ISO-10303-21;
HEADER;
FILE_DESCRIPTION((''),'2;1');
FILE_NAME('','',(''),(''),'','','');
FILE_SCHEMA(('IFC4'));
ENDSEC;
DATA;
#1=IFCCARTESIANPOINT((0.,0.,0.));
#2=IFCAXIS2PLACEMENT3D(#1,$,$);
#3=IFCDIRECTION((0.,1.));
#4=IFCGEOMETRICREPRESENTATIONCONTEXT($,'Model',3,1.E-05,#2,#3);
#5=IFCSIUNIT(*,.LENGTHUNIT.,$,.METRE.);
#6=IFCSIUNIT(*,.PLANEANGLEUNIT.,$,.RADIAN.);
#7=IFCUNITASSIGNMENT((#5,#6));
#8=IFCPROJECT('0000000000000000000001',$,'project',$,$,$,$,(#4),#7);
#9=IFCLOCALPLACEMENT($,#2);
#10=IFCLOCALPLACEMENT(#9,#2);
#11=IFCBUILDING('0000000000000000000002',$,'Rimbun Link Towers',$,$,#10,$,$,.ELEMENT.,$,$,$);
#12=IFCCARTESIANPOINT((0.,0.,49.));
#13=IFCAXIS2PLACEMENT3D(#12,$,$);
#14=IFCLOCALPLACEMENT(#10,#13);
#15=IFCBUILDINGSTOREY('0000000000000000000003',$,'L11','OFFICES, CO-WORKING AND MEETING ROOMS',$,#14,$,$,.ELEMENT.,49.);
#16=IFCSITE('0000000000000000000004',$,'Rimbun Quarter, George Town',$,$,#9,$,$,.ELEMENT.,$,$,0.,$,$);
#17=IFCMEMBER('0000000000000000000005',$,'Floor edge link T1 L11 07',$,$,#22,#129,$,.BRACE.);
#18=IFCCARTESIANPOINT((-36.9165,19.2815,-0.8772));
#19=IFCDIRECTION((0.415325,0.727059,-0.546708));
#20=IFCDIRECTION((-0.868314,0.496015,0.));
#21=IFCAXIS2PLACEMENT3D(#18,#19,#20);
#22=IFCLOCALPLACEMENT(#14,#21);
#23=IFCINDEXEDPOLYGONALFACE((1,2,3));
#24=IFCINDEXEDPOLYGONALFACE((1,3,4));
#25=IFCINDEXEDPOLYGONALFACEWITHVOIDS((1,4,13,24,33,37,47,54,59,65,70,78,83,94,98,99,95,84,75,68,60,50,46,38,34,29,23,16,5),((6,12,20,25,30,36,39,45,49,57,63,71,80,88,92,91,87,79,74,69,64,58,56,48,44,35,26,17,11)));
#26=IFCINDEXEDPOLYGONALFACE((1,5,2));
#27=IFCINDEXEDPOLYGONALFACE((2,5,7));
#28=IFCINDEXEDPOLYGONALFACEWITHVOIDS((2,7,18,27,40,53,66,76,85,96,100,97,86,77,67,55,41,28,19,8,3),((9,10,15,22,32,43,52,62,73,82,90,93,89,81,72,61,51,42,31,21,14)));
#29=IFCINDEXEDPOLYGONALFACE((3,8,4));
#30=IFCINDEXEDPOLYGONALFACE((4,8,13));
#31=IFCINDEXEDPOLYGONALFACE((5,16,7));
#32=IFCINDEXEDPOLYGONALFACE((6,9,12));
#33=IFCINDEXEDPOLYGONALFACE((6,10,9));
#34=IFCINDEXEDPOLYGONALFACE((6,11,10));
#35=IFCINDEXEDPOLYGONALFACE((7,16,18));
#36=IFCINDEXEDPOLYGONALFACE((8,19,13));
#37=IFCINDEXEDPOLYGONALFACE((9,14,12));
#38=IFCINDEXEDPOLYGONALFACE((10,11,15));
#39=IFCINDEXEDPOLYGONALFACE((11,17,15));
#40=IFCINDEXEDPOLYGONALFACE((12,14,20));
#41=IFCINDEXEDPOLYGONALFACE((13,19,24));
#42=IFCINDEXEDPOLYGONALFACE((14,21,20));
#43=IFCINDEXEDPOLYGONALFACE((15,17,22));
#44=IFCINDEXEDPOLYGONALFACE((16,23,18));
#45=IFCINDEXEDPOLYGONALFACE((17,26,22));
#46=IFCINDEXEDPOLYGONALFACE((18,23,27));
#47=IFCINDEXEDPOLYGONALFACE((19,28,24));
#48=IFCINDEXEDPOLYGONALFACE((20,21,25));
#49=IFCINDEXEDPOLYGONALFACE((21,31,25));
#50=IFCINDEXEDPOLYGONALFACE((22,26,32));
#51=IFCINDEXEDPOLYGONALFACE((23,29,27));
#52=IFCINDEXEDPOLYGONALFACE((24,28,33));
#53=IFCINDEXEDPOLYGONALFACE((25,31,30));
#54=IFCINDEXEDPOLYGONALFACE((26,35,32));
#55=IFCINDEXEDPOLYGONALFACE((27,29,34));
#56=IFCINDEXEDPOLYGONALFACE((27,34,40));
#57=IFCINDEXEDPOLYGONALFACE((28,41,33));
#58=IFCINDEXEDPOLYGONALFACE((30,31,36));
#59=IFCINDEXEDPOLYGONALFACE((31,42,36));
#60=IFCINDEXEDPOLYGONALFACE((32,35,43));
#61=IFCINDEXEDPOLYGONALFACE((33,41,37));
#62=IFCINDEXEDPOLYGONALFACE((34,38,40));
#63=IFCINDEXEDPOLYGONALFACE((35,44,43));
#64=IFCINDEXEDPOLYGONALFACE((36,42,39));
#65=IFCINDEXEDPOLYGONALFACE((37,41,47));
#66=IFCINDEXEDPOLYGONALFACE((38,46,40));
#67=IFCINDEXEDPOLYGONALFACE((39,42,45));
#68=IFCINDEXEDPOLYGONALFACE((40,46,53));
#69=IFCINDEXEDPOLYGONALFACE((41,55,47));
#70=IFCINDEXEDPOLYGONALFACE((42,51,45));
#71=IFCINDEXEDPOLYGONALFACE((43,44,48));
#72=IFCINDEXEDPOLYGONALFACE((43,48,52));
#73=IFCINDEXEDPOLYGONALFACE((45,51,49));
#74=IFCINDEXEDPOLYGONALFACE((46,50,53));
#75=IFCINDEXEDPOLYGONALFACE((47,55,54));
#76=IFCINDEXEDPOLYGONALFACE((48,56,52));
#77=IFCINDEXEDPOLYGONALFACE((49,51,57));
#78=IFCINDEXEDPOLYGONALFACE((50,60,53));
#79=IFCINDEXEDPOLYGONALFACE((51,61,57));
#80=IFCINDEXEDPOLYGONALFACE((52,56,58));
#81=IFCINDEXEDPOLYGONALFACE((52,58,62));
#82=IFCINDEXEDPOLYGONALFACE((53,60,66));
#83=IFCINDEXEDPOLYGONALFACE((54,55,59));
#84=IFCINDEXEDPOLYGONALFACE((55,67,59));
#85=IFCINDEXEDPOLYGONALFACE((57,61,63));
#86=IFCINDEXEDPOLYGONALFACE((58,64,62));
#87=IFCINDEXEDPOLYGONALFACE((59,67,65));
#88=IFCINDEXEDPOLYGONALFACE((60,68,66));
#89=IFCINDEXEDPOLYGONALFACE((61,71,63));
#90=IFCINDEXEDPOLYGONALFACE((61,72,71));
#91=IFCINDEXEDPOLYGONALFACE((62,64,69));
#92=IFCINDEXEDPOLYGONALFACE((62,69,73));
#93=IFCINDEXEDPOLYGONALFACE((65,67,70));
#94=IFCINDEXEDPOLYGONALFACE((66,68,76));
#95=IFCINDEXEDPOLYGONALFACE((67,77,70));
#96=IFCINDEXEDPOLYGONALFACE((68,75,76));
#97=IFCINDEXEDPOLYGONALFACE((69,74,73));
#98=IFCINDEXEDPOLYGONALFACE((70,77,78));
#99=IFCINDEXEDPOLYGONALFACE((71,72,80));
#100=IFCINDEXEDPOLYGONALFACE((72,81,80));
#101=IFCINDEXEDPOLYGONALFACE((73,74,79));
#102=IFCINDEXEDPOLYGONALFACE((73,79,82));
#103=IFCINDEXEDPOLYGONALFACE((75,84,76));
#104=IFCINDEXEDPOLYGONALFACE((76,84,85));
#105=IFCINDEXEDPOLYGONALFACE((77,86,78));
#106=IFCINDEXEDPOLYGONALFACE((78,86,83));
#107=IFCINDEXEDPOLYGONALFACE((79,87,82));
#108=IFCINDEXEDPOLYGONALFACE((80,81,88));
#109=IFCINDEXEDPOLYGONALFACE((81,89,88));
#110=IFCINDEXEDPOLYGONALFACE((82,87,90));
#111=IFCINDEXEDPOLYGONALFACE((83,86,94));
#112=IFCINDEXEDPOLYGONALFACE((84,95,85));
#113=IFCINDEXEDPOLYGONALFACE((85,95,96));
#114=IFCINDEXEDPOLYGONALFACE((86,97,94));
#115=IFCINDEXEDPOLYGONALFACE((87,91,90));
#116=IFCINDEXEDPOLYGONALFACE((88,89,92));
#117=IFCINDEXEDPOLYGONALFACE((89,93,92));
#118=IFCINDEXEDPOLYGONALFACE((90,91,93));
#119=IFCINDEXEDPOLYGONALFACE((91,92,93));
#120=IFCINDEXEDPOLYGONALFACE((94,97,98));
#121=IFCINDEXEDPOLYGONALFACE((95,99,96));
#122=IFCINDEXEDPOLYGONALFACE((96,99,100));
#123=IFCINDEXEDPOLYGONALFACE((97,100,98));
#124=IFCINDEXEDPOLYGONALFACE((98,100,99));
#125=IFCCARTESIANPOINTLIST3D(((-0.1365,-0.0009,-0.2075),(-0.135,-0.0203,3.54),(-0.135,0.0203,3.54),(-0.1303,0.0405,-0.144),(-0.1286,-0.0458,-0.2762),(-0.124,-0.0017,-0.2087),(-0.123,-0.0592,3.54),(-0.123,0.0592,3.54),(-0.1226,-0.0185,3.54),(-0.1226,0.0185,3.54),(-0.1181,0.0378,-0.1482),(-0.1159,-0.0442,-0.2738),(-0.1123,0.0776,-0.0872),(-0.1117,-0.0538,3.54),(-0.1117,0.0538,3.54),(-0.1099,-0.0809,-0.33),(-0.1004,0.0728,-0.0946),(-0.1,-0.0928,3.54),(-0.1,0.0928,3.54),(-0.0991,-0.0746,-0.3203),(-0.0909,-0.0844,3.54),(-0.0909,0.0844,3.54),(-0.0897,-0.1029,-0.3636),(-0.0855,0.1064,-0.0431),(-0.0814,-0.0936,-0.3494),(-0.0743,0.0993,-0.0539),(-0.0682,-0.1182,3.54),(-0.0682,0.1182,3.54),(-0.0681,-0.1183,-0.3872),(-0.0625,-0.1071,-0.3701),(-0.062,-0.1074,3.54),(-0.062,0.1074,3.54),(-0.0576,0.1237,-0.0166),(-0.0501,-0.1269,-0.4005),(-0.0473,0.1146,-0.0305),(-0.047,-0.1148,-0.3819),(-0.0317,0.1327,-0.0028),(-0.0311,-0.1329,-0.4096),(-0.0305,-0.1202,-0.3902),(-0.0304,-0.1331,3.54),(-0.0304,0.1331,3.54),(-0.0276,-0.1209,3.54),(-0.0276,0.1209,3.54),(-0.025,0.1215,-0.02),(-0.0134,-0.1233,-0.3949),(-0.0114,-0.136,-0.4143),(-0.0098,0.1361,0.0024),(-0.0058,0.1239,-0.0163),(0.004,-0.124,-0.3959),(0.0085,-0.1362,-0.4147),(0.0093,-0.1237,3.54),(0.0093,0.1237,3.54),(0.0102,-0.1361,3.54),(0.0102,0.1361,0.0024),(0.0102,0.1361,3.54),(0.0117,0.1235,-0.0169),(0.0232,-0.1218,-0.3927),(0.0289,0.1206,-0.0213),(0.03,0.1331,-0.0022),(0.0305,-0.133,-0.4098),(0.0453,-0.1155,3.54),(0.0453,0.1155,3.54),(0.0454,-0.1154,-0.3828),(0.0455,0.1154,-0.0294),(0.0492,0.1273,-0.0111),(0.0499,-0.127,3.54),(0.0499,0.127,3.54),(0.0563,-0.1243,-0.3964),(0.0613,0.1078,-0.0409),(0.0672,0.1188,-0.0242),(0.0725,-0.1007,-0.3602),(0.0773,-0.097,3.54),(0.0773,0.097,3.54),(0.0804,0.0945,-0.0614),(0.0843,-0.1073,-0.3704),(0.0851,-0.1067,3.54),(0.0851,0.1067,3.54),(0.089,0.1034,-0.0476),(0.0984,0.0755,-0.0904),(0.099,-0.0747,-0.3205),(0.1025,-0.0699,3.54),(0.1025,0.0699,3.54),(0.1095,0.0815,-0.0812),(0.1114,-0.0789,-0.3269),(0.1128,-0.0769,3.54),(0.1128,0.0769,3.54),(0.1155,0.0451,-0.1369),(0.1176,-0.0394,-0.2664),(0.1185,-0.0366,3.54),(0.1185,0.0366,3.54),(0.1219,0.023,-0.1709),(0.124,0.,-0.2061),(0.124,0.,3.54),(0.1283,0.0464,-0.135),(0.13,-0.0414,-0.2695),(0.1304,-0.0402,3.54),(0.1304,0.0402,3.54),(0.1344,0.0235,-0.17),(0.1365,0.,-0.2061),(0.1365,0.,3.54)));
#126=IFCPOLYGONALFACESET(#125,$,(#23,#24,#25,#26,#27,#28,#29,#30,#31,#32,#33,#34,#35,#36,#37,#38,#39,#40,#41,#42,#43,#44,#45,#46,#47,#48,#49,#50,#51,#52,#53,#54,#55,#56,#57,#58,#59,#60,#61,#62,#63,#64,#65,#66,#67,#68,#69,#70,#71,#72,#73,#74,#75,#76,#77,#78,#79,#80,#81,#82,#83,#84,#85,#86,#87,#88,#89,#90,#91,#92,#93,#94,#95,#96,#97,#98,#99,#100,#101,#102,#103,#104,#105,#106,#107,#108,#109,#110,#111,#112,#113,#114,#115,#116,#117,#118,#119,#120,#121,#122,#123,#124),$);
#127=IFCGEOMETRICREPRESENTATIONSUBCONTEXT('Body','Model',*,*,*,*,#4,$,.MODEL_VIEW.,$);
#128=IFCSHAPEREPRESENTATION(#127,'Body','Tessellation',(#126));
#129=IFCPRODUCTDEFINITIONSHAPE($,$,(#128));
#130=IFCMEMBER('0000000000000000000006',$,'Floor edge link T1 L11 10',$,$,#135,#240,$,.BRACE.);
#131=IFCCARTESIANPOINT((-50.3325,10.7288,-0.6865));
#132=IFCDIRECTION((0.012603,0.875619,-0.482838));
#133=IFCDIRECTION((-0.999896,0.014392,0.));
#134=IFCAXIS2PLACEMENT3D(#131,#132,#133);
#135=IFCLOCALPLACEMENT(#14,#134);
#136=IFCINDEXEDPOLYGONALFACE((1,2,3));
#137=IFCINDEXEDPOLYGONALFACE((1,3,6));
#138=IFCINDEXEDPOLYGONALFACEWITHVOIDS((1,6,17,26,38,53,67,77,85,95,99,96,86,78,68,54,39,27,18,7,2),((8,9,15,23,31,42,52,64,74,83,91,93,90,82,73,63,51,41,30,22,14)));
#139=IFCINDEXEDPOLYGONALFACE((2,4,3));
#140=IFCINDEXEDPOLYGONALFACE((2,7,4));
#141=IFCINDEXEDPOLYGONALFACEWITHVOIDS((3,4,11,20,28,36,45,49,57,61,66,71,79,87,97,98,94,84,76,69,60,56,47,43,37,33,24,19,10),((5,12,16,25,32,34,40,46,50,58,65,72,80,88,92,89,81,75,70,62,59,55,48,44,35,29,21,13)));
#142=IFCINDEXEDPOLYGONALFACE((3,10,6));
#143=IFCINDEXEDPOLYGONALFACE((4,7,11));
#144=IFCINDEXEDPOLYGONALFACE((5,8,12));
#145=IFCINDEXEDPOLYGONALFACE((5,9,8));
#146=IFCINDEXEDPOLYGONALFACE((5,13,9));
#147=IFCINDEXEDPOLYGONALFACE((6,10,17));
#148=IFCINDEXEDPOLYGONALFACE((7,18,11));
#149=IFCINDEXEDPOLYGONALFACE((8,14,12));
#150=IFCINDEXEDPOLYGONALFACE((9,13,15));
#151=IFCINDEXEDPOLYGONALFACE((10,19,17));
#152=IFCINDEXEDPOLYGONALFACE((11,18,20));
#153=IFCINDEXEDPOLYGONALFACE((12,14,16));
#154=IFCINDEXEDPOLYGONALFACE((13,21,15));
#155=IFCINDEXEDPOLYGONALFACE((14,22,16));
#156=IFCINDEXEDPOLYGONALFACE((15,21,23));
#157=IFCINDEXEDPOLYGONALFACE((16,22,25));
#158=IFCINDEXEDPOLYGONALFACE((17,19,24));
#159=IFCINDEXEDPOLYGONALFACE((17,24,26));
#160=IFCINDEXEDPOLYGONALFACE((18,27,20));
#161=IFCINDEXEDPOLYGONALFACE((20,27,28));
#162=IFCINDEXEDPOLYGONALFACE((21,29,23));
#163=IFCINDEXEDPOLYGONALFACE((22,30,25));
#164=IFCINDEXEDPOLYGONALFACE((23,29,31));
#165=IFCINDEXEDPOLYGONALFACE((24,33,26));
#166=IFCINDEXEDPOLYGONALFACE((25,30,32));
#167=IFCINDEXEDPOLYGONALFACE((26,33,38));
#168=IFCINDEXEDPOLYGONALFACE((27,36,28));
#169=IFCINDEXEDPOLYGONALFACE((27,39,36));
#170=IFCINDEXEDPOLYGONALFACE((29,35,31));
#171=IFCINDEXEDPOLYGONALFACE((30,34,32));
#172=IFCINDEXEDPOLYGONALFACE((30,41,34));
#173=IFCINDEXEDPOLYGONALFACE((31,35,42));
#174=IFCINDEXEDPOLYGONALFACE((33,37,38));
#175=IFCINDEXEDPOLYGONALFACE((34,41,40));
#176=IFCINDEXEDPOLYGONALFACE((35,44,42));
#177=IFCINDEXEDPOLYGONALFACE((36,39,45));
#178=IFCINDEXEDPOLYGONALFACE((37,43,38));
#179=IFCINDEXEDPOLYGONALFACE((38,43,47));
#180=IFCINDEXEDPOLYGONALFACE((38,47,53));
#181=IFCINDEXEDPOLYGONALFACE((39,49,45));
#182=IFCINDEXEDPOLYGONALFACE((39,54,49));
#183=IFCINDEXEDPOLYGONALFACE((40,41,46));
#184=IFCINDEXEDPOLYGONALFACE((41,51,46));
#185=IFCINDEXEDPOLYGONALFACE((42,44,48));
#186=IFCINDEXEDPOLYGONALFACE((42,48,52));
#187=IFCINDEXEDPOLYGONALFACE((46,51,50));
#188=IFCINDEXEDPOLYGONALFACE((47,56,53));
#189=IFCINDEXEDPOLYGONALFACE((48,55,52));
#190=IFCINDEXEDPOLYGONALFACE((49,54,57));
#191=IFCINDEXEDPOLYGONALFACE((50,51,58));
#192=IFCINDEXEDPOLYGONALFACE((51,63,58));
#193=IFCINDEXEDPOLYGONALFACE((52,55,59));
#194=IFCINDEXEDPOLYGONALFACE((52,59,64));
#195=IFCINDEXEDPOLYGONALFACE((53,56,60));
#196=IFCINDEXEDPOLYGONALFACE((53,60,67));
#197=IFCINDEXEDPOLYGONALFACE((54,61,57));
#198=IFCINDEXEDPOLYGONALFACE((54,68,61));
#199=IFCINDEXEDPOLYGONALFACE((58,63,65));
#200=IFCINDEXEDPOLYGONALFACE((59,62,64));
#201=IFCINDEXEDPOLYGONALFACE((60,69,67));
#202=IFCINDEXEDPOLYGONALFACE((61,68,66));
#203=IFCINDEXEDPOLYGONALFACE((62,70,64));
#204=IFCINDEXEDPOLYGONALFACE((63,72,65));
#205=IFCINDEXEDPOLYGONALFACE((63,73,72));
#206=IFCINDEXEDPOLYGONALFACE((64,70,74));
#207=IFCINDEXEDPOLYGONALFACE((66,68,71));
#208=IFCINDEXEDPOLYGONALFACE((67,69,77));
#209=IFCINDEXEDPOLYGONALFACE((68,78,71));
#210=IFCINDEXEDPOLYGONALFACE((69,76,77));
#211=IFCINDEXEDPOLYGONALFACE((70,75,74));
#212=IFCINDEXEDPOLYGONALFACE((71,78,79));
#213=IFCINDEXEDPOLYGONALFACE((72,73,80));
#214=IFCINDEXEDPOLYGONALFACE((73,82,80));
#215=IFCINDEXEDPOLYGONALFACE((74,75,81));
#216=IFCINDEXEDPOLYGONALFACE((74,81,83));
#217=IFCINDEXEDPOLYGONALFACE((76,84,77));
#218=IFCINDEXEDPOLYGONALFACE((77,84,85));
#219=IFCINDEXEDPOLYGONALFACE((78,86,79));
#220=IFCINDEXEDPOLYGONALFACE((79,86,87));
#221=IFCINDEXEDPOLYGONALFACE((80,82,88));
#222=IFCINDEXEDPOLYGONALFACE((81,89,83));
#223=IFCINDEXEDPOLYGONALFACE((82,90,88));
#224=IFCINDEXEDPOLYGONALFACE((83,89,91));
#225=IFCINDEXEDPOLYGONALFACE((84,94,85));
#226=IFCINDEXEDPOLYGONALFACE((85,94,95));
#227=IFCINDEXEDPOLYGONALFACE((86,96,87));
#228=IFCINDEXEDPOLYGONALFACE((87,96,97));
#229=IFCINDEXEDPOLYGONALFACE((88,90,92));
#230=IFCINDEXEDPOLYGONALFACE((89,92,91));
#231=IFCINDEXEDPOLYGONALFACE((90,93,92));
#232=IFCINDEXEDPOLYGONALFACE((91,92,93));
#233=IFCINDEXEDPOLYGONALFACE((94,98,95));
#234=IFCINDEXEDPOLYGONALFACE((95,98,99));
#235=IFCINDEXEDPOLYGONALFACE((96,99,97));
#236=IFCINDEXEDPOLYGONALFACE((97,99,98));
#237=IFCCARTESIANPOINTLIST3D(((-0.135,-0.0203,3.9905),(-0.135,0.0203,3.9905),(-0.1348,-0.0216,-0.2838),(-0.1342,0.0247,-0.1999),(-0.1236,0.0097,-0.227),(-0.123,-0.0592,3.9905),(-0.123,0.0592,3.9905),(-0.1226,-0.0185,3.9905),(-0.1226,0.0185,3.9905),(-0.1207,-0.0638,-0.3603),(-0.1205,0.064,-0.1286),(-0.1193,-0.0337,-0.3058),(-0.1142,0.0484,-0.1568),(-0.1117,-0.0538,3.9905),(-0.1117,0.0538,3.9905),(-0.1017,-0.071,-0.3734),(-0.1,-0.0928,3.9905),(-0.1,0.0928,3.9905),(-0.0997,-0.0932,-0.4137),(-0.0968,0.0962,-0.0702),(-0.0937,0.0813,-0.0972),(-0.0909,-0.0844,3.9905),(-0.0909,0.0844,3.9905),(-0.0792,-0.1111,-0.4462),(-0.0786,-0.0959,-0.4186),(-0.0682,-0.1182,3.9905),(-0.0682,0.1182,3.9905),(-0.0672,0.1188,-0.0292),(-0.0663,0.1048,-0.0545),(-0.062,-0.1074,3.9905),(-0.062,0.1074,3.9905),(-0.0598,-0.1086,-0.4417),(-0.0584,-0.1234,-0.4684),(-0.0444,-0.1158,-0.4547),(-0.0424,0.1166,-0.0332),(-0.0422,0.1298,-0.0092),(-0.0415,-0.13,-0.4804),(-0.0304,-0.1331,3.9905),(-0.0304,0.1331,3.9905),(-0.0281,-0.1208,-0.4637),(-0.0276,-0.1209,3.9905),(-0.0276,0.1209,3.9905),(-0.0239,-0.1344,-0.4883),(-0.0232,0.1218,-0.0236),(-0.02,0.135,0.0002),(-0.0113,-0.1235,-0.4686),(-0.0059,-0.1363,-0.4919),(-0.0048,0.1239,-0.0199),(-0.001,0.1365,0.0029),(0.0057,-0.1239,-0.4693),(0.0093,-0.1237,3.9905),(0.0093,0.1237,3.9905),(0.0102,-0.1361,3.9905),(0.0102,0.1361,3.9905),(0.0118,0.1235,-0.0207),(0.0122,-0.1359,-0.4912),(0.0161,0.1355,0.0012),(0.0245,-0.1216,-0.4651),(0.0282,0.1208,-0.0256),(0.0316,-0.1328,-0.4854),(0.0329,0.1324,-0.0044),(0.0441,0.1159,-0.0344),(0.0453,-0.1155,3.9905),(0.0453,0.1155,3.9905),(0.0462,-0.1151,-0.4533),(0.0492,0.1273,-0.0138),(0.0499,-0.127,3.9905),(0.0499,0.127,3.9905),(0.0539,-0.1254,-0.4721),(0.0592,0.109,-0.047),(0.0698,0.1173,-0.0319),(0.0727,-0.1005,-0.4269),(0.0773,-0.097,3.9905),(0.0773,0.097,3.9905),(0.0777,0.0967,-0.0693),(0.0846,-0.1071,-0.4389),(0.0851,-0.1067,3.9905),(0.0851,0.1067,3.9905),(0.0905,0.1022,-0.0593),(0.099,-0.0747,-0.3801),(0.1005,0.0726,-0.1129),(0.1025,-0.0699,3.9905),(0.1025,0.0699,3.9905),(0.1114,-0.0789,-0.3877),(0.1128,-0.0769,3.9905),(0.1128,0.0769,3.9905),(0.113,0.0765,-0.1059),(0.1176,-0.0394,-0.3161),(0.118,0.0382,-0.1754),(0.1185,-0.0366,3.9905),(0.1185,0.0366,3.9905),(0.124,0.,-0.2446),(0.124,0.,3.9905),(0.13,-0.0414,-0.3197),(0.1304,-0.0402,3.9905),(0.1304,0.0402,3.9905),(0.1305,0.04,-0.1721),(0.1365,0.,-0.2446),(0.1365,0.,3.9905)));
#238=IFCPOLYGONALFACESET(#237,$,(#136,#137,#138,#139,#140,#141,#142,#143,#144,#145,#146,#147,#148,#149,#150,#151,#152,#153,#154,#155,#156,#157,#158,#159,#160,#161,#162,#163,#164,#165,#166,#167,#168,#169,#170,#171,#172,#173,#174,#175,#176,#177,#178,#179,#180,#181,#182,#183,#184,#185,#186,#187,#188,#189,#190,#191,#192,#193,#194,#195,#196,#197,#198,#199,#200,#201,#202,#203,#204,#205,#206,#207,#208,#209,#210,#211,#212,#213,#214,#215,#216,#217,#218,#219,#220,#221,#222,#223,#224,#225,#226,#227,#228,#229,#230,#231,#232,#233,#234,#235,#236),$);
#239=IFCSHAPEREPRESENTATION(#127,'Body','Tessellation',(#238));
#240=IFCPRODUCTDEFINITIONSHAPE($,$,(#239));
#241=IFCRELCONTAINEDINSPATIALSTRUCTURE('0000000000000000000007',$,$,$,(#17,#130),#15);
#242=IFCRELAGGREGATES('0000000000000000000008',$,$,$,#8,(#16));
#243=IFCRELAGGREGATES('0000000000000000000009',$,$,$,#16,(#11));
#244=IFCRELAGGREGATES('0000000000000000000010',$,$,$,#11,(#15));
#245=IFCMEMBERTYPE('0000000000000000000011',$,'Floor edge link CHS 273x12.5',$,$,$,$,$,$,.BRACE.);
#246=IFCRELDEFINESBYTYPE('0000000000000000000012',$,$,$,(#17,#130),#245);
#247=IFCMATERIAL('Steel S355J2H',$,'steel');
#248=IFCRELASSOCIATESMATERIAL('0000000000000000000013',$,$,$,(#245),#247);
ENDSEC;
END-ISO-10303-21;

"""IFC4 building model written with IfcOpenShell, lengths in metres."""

from ifc_helpers import new_model, si_unit, direction, frame, origin, origin_2d, place, context, subcontext, project, spatial, hollow_circle, extrude, clip, halfspace, material, material_profile, profile_set, type_object, element, save


model = new_model("IFC4")

# Units and contexts
model_context = context("Model", 3, precision=1e-05, world=origin(), true_north=direction((0.0, 1.0)))
body_context = subcontext(model_context, "Body", "Model", "MODEL_VIEW")
ifc_project = project(units=[si_unit("LENGTHUNIT", "METRE"), si_unit("PLANEANGLEUNIT", "RADIAN")], contexts=[model_context])

# Site, building, storey
site_placement = place(None, origin())
site = spatial("IfcSite", under=ifc_project, at=site_placement, Name="Rimbun Quarter, George Town", CompositionType="ELEMENT", RefElevation=0.0)
building_placement = place(site_placement, origin())
building = spatial("IfcBuilding", under=site, at=building_placement, Name="Rimbun Link Towers", CompositionType="ELEMENT")
storey_placement = place(building_placement, frame((0.0, 0.0, 49.0)))
storey = spatial("IfcBuildingStorey", under=building, at=storey_placement, Name="L11", Description="OFFICES, CO-WORKING AND MEETING ROOMS", CompositionType="ELEMENT", Elevation=49.0)

# Members
ifc_material_1 = material(Name="Steel S355J2H", Category="steel")
ifc_material_profile_1 = material_profile(ifc_material_1, hollow_circle(Radius=0.1365, WallThickness=0.0125, at=origin_2d()), Name="CHS 273x12.5")
ifc_profile_set_1 = profile_set([ifc_material_profile_1], Name="Steel S355J2H")
member_type_1 = type_object("IfcMemberType", Name="Floor edge link CHS 273x12.5", PredefinedType="BRACE", material=ifc_profile_set_1)
member_1_placement = place(storey_placement, frame((-36.9165, 19.2815, -0.8772), z_axis=(0.415325, 0.727059, -0.546708), x_axis=(-0.868314, 0.496015, 0.0)))
element("IfcMember", 1, at=member_1_placement, inside=storey, type_object=member_type_1, Name="Floor edge link T1 L11 07", PredefinedType="BRACE", context=body_context, shape_type="Clipping", body=[
    clip(extrude(hollow_circle(Radius=0.1365, WallThickness=0.0125, at=origin_2d()), frame((0.0, 0.0, -0.4363)), (0.0, 0.0, 1.0), 3.9763), halfspace(frame((0.0, 0.0, -0.2061), z_axis=(0.0, 0.837323, -0.546708)), False)),
])
member_2_placement = place(storey_placement, frame((-50.3325, 10.7288, -0.6865), z_axis=(0.012603, 0.875619, -0.482838), x_axis=(-0.999896, 0.014392, 0.0)))
element("IfcMember", 2, at=member_2_placement, inside=storey, type_object=member_type_1, Name="Floor edge link T1 L11 10", PredefinedType="BRACE", context=body_context, shape_type="Clipping", body=[
    clip(extrude(hollow_circle(Radius=0.1365, WallThickness=0.0125, at=origin_2d()), frame((0.0, 0.0, -0.5159)), (0.0, 0.0, 1.0), 4.5063), halfspace(frame((0.0, 0.0, -0.2446), z_axis=(0.0, 0.875709, -0.482838)), False)),
])

save(model, "model.ifc")
